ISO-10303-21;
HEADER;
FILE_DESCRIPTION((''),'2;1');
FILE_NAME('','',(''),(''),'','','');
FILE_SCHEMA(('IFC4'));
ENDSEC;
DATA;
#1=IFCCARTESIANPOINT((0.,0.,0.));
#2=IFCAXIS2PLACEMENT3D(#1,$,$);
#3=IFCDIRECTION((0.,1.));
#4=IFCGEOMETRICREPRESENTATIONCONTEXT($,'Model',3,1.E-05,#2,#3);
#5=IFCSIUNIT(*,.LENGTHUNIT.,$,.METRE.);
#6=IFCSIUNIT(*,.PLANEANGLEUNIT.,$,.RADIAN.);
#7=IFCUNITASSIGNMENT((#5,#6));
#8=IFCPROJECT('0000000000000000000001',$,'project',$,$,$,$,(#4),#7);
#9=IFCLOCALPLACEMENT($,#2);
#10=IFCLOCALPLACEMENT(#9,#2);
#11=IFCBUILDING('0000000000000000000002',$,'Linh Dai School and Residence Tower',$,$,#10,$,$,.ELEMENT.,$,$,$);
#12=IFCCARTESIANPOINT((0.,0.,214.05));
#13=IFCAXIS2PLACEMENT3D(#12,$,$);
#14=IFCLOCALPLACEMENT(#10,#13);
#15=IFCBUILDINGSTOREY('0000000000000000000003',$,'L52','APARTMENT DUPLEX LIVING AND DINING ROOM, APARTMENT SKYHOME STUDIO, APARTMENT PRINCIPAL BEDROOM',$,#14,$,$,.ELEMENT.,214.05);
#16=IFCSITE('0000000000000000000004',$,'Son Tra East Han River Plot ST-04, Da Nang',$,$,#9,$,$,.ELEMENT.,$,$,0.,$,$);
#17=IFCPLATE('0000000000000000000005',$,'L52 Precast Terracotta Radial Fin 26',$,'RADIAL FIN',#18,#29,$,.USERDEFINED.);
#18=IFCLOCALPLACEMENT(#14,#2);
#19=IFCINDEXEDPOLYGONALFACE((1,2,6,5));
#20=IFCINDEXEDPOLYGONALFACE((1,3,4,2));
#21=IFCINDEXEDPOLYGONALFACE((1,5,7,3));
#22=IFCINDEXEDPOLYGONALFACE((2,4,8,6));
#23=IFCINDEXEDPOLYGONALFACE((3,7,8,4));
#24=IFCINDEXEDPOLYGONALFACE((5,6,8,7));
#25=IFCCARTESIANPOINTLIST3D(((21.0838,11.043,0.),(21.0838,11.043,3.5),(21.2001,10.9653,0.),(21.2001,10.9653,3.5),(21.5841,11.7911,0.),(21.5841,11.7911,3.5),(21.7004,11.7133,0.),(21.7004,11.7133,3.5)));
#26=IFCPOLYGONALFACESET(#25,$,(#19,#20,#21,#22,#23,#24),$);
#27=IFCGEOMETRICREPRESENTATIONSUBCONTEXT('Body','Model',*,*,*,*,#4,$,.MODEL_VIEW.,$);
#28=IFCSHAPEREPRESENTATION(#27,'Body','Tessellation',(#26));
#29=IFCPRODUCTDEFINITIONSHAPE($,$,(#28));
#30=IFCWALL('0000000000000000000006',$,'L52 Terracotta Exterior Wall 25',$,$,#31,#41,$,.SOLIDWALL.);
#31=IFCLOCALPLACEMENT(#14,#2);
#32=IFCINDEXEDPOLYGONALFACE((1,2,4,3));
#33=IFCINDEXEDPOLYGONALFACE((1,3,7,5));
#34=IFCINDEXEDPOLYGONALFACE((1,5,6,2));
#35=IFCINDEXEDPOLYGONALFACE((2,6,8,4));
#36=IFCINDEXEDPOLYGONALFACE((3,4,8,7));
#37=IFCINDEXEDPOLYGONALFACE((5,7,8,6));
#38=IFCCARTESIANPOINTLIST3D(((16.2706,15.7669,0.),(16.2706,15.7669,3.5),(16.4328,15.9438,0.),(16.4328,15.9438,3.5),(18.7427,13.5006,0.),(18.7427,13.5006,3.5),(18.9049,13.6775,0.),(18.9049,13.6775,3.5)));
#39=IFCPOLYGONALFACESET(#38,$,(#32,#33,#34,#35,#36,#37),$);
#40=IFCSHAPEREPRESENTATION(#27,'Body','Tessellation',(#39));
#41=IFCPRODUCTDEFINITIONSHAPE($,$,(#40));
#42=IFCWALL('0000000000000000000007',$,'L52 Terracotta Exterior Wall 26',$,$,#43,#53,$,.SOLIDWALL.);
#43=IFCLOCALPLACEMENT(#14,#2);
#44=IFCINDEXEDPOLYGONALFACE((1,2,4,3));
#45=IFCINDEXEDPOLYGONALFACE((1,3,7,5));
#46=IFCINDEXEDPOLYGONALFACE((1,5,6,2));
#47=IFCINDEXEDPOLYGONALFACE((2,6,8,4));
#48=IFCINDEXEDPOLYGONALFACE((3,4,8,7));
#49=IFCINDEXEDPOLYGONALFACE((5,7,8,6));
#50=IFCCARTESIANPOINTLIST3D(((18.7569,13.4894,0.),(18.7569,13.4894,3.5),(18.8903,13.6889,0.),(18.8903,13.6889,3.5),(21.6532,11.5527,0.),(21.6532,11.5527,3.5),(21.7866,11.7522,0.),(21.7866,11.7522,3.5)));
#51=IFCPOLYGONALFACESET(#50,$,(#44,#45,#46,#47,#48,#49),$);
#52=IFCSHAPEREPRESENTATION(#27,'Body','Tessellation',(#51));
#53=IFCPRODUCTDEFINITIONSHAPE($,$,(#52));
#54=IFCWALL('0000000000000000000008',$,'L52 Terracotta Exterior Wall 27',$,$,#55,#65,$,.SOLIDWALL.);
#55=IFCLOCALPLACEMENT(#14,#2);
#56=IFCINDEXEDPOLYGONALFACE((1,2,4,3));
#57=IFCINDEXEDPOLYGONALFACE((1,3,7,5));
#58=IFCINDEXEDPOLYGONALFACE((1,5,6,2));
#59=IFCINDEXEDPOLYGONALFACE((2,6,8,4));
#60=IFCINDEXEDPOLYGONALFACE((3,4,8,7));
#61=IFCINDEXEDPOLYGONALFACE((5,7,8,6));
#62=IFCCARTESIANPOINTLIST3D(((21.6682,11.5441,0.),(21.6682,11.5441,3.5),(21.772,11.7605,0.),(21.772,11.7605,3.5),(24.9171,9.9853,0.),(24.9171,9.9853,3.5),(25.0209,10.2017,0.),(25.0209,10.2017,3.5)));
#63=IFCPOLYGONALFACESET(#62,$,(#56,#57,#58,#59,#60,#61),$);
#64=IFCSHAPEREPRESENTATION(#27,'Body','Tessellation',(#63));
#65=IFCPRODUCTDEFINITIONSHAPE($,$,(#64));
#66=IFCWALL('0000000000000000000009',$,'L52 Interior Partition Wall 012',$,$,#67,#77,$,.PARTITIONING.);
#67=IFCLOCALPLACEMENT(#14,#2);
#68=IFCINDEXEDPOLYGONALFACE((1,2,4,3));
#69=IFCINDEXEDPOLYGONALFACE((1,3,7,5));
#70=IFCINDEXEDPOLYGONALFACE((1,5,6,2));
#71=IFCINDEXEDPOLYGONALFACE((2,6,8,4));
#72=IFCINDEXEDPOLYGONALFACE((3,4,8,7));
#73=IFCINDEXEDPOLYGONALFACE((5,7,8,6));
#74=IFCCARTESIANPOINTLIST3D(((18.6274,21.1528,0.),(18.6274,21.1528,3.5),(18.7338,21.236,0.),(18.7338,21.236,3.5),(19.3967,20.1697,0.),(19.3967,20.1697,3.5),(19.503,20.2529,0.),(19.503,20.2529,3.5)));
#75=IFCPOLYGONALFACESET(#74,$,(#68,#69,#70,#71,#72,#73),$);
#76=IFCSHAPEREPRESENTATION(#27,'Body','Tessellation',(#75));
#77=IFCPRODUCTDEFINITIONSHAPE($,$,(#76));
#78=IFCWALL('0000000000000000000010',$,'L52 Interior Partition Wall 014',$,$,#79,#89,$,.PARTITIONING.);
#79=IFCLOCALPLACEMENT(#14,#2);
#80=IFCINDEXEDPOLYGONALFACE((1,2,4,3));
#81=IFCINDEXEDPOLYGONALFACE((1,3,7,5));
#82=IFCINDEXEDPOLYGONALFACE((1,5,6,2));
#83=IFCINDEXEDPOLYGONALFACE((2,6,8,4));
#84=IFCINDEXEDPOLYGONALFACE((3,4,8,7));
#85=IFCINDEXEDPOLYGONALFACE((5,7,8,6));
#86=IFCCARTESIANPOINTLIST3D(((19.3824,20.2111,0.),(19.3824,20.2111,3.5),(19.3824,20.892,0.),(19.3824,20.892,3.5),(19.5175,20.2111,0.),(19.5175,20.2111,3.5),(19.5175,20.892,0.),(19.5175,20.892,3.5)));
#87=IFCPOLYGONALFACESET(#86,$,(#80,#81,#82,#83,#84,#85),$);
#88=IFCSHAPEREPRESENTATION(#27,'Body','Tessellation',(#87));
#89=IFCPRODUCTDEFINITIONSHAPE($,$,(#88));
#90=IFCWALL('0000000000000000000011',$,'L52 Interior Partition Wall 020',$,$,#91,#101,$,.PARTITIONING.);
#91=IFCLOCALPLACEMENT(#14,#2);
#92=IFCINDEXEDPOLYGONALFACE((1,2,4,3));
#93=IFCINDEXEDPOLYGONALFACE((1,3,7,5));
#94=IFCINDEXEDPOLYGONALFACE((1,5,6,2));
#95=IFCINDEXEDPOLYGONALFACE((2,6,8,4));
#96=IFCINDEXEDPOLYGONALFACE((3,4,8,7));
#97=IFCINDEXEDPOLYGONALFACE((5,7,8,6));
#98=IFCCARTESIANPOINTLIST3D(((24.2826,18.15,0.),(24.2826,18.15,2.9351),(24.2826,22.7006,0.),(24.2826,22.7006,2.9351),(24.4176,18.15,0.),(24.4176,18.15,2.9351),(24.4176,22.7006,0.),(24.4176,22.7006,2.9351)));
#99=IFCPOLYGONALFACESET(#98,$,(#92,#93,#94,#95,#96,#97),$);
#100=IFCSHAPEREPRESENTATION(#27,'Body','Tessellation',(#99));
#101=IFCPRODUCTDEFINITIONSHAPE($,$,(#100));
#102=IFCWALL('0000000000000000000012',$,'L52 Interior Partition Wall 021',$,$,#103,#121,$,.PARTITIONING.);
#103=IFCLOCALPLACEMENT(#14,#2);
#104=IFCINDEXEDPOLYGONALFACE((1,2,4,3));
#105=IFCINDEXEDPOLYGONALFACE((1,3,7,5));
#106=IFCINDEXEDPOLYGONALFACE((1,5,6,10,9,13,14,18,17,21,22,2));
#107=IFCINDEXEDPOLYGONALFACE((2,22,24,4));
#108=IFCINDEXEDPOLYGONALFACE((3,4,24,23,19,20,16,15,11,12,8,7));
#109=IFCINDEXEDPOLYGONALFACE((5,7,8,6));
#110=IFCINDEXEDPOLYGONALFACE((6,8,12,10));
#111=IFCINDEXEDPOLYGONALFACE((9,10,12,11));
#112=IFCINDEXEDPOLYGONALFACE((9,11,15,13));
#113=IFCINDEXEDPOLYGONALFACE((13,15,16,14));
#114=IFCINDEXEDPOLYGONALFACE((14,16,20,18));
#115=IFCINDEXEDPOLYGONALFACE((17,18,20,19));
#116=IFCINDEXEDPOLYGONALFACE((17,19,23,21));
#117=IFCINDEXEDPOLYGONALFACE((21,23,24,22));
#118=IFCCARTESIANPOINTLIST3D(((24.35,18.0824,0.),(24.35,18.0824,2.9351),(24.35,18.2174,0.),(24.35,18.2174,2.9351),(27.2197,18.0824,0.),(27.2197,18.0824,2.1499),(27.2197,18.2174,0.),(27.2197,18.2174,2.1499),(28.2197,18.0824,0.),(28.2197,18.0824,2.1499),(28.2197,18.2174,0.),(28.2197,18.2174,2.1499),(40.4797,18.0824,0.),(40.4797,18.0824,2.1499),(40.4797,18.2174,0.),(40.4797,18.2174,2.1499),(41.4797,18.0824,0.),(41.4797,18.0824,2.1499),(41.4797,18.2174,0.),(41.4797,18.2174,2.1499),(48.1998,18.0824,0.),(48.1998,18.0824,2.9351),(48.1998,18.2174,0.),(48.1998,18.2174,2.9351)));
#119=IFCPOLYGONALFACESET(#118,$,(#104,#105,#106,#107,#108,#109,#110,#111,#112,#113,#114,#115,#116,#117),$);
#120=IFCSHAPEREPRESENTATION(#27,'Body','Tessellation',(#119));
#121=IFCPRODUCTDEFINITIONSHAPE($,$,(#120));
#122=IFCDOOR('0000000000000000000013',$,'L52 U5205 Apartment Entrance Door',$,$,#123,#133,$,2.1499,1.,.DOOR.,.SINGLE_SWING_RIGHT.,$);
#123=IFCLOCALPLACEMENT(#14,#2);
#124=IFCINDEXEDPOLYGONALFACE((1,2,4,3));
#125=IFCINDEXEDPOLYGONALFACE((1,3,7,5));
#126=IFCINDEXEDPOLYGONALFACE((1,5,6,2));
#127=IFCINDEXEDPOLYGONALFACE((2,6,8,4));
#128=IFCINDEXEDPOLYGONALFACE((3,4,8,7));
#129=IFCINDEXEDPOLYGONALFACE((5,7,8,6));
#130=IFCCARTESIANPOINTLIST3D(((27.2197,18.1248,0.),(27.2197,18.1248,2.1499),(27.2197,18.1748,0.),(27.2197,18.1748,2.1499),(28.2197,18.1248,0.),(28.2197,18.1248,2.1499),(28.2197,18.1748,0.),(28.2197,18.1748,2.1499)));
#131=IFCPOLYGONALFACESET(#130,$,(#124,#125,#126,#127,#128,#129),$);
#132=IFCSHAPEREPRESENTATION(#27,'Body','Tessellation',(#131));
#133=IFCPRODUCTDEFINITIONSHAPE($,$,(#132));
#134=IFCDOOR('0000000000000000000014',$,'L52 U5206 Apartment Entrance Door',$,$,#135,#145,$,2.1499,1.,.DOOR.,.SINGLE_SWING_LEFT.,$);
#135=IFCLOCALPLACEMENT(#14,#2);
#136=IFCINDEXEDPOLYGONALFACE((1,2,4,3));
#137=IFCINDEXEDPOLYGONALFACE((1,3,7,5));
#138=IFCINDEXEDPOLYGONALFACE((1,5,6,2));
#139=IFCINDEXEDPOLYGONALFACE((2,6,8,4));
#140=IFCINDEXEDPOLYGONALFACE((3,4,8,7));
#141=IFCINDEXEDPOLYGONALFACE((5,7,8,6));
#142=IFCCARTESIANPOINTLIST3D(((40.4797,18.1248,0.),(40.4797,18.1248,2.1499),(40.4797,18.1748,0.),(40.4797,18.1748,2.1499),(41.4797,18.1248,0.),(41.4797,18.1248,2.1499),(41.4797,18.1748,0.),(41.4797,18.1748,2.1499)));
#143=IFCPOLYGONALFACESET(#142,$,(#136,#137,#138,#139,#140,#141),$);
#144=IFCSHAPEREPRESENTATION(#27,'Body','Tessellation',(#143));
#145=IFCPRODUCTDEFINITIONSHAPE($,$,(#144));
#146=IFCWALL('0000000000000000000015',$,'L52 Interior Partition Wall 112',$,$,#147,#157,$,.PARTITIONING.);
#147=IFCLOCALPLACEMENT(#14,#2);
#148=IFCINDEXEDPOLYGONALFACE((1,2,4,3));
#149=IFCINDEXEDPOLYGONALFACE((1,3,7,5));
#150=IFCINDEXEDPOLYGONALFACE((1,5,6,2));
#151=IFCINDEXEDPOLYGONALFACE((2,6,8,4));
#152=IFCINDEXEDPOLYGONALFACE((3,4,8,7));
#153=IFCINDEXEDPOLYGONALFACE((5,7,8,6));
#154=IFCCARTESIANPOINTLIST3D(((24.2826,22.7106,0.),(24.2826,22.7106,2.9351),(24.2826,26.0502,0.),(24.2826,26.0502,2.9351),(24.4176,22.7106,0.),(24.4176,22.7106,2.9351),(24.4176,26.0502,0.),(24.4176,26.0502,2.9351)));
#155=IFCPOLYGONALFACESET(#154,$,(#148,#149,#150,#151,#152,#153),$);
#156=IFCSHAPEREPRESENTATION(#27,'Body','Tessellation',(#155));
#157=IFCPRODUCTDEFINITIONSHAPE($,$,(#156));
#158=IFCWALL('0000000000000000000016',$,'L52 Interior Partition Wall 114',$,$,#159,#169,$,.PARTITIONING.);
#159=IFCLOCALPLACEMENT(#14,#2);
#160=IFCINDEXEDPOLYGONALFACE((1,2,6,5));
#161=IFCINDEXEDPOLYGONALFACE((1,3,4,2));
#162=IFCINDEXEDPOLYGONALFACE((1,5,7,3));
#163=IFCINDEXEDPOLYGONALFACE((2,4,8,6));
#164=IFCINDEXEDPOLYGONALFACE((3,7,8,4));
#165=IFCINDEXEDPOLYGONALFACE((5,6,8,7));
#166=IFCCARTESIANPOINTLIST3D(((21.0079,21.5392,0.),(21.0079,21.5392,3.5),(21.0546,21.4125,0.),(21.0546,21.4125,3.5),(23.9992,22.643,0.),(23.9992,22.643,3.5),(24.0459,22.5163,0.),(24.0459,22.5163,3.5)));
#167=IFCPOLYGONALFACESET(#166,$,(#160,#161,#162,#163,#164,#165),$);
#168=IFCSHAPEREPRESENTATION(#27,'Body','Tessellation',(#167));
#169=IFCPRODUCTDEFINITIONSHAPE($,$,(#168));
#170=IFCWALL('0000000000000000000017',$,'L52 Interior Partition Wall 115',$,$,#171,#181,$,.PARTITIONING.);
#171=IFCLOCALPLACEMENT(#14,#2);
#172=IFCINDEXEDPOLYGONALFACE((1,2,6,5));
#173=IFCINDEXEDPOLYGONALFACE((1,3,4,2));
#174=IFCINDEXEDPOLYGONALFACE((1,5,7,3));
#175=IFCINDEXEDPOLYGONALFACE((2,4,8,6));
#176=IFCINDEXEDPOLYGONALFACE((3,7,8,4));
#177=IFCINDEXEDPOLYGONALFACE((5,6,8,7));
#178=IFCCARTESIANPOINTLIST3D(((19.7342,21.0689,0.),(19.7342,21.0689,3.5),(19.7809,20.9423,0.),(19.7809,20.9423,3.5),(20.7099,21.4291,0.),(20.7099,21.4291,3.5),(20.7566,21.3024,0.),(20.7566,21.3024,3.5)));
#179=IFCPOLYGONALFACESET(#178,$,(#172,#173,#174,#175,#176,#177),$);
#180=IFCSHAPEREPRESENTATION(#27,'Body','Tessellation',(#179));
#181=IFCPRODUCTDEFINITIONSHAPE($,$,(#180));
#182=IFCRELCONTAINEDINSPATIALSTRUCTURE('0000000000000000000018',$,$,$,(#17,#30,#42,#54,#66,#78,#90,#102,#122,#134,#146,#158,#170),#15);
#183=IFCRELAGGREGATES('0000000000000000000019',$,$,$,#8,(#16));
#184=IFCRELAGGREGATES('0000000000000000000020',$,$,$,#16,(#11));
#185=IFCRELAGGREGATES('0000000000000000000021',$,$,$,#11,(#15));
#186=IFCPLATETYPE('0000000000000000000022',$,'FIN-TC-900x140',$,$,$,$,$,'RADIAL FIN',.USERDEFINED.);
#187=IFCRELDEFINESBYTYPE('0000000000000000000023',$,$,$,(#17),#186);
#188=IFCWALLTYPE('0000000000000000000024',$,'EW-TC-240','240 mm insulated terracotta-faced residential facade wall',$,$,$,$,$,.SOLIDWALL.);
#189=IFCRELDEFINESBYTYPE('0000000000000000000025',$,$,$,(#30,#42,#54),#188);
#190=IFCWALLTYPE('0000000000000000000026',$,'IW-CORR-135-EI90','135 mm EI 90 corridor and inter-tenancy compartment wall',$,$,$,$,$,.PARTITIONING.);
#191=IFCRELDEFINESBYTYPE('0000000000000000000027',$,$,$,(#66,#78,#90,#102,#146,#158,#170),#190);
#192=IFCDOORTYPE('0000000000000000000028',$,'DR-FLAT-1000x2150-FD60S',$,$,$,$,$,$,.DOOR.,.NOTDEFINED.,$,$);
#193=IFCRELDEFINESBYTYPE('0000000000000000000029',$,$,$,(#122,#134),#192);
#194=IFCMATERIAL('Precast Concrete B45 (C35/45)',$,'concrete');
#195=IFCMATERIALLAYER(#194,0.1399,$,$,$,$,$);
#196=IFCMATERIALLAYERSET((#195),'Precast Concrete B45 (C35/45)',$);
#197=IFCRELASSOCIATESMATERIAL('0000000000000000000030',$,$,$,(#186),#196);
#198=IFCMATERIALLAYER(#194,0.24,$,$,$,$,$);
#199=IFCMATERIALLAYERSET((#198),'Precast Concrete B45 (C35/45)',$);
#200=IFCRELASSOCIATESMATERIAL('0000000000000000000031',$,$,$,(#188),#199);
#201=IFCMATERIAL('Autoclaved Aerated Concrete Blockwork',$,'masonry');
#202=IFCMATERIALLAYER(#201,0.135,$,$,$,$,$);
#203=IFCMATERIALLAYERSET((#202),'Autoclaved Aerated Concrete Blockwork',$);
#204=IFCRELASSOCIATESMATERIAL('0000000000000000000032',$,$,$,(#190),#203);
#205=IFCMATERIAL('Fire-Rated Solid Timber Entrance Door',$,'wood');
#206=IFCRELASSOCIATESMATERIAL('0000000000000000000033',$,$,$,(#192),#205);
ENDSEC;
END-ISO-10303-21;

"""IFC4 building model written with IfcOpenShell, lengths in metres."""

from ifc_helpers import new_model, si_unit, direction, frame, frame_2d, origin, origin_2d, place, context, subcontext, project, spatial, rectangle, extrude, source, transform, mapped, material, layer, layer_set, type_object, element, fill, save


model = new_model("IFC4")

# Units and contexts
model_context = context("Model", 3, precision=1e-05, world=origin(), true_north=direction((0.0, 1.0)))
body_context = subcontext(model_context, "Body", "Model", "MODEL_VIEW")
ifc_project = project(units=[si_unit("LENGTHUNIT", "METRE"), si_unit("PLANEANGLEUNIT", "RADIAN")], contexts=[model_context])

# Site, building, storey
site_placement = place(None, origin())
site = spatial("IfcSite", under=ifc_project, at=site_placement, Name="Son Tra East Han River Plot ST-04, Da Nang", CompositionType="ELEMENT", RefElevation=0.0)
building_placement = place(site_placement, origin())
building = spatial("IfcBuilding", under=site, at=building_placement, Name="Linh Dai School and Residence Tower", CompositionType="ELEMENT")
storey_placement = place(building_placement, frame((0.0, 0.0, 214.05)))
storey = spatial("IfcBuildingStorey", under=building, at=storey_placement, Name="L52", Description="APARTMENT DUPLEX LIVING AND DINING ROOM, APARTMENT SKYHOME STUDIO, APARTMENT PRINCIPAL BEDROOM", CompositionType="ELEMENT", Elevation=214.05)

# Plate
ifc_material_1 = material(Name="Precast Concrete B45 (C35/45)", Category="concrete")
ifc_layer_1 = layer(ifc_material_1, 0.1399)
ifc_layer_set_1 = layer_set([ifc_layer_1], Name="Precast Concrete B45 (C35/45)")
plate_type_1 = type_object("IfcPlateType", Name="FIN-TC-900x140", ElementType="RADIAL FIN", PredefinedType="USERDEFINED", material=ifc_layer_set_1)
shared_shape_1 = source(origin(), body_context, "Body", "SweptSolid", [
    extrude(rectangle(XDim=0.8999, YDim=0.1399, at=origin_2d()), origin(), (0.0, 0.0, 1.0), 3.5),
])
plate_placement = place(storey_placement, frame((21.3921, 11.3782, 0.0), z_axis=(0.0, 0.0, 1.0), x_axis=(-0.555887, -0.831258, 0.0)))
element("IfcPlate", 1, at=plate_placement, inside=storey, type_object=plate_type_1, Name="L52 Precast Terracotta Radial Fin 26", ObjectType="RADIAL FIN", PredefinedType="USERDEFINED", context=body_context, shape_type="MappedRepresentation", body=[
    mapped(shared_shape_1, transform((0.0, 0.0, 0.0), x_axis=(1.0, 0.0, 0.0), y_axis=(0.0, 1.0, 0.0), z_axis=(0.0, 0.0, 1.0), scale=1.0)),
])

# Walls
ifc_layer_2 = layer(ifc_material_1, 0.24)
ifc_layer_set_2 = layer_set([ifc_layer_2], Name="Precast Concrete B45 (C35/45)")
wall_type_1 = type_object("IfcWallType", Name="EW-TC-240", Description="240 mm insulated terracotta-faced residential facade wall", PredefinedType="SOLIDWALL", material=ifc_layer_set_2)
wall_1_placement = place(storey_placement, frame((18.8237, 13.5891, 0.0), z_axis=(0.0, 0.0, 1.0), x_axis=(-0.737124, 0.675758, 0.0)))
element("IfcWall", 2, at=wall_1_placement, inside=storey, type_object=wall_type_1, Name="L52 Terracotta Exterior Wall 25", PredefinedType="SOLIDWALL", context=body_context, shape_type="SweptSolid", body=[
    extrude(rectangle(XDim=3.3538, YDim=0.24, at=frame_2d((1.6768, 0.0))), origin(), (0.0, 0.0, 1.0), 3.5),
])
wall_2_placement = place(storey_placement, frame((21.72, 11.6523, 0.0), z_axis=(0.0, 0.0, 1.0), x_axis=(-0.831262, 0.55588, 0.0)))
element("IfcWall", 3, at=wall_2_placement, inside=storey, type_object=wall_type_1, Name="L52 Terracotta Exterior Wall 26", PredefinedType="SOLIDWALL", context=body_context, shape_type="SweptSolid", body=[
    extrude(rectangle(XDim=3.4841, YDim=0.24, at=frame_2d((1.7422, 0.0))), origin(), (0.0, 0.0, 1.0), 3.5),
])
wall_3_placement = place(storey_placement, frame((24.969, 10.0935, 0.0), z_axis=(0.0, 0.0, 1.0), x_axis=(-0.901598, 0.432575, 0.0)))
element("IfcWall", 4, at=wall_3_placement, inside=storey, type_object=wall_type_1, Name="L52 Terracotta Exterior Wall 27", PredefinedType="SOLIDWALL", context=body_context, shape_type="SweptSolid", body=[
    extrude(rectangle(XDim=3.6035, YDim=0.24, at=frame_2d((1.8018, 0.0))), origin(), (0.0, 0.0, 1.0), 3.5),
])
ifc_material_2 = material(Name="Autoclaved Aerated Concrete Blockwork", Category="masonry")
ifc_layer_3 = layer(ifc_material_2, 0.135)
ifc_layer_set_3 = layer_set([ifc_layer_3], Name="Autoclaved Aerated Concrete Blockwork")
wall_type_2 = type_object("IfcWallType", Name="IW-CORR-135-EI90", Description="135 mm EI 90 corridor and inter-tenancy compartment wall", PredefinedType="PARTITIONING", material=ifc_layer_set_3)
wall_4_placement = place(storey_placement, frame((18.6807, 21.1943, 0.0), z_axis=(0.0, 0.0, 1.0), x_axis=(0.61624, -0.787559, 0.0)))
element("IfcWall", 5, at=wall_4_placement, inside=storey, type_object=wall_type_2, Name="L52 Interior Partition Wall 012", PredefinedType="PARTITIONING", context=body_context, shape_type="SweptSolid", body=[
    extrude(rectangle(XDim=1.2483, YDim=0.135, at=frame_2d((0.624, 0.0))), origin(), (0.0, 0.0, 1.0), 3.5),
])
wall_5_placement = place(storey_placement, frame((19.45, 20.2112, 0.0), z_axis=(0.0, 0.0, 1.0), x_axis=(0.0, 1.0, 0.0)))
element("IfcWall", 6, at=wall_5_placement, inside=storey, type_object=wall_type_2, Name="L52 Interior Partition Wall 014", PredefinedType="PARTITIONING", context=body_context, shape_type="SweptSolid", body=[
    extrude(rectangle(XDim=0.6809, YDim=0.135, at=frame_2d((0.3403, 0.0))), origin(), (0.0, 0.0, 1.0), 3.5),
])
wall_6_placement = place(storey_placement, frame((24.3501, 18.1499, 0.0), z_axis=(0.0, 0.0, 1.0), x_axis=(0.0, 1.0, 0.0)))
element("IfcWall", 7, at=wall_6_placement, inside=storey, type_object=wall_type_2, Name="L52 Interior Partition Wall 020", PredefinedType="PARTITIONING", context=body_context, shape_type="SweptSolid", body=[
    extrude(rectangle(XDim=4.5505, YDim=0.135, at=frame_2d((2.2754, 0.0))), origin(), (0.0, 0.0, 1.0), 2.9351),
])

# Wall, openings, doors
wall_7_placement = place(storey_placement, frame((24.3501, 18.1499, 0.0), z_axis=(0.0, 0.0, 1.0), x_axis=(1.0, 0.0, 0.0)))
wall_7 = element("IfcWall", 8, at=wall_7_placement, inside=storey, type_object=wall_type_2, Name="L52 Interior Partition Wall 021", PredefinedType="PARTITIONING", context=body_context, shape_type="SweptSolid", body=[
    extrude(rectangle(XDim=23.8499, YDim=0.135, at=frame_2d((11.9248, 0.0))), origin(), (0.0, 0.0, 1.0), 2.9351),
])
opening_1_placement = place(wall_7_placement, frame((2.8696, 0.0, 0.0)))
opening_1 = element("IfcOpeningElement", 9, at=opening_1_placement, cuts=wall_7, PredefinedType="OPENING", context=body_context, shape_type="SweptSolid", body=[
    extrude(rectangle(XDim=1.0, YDim=2.1499, at=origin_2d()), frame((0.5, 0.0776, 1.075), z_axis=(0.0, -1.0, 0.0), x_axis=(1.0, 0.0, 0.0)), (0.0, 0.0, 1.0), 0.155),
])
opening_2_placement = place(wall_7_placement, frame((16.1296, 0.0, 0.0)))
opening_2 = element("IfcOpeningElement", 10, at=opening_2_placement, cuts=wall_7, PredefinedType="OPENING", context=body_context, shape_type="SweptSolid", body=[
    extrude(rectangle(XDim=1.0, YDim=2.1499, at=origin_2d()), frame((0.5, 0.0776, 1.075), z_axis=(0.0, -1.0, 0.0), x_axis=(1.0, 0.0, 0.0)), (0.0, 0.0, 1.0), 0.155),
])
ifc_material_3 = material(Name="Fire-Rated Solid Timber Entrance Door", Category="wood")
door_type_1 = type_object("IfcDoorType", Name="DR-FLAT-1000x2150-FD60S", OperationType="NOTDEFINED", PredefinedType="DOOR", material=ifc_material_3)
shared_shape_2 = source(origin(), body_context, "Body", "SweptSolid", [
    extrude(rectangle(XDim=1.0, YDim=2.1499, at=origin_2d()), frame((0.5, 0.0249, 1.075), z_axis=(0.0, -1.0, 0.0), x_axis=(1.0, 0.0, 0.0)), (0.0, 0.0, 1.0), 0.05),
])
door_1_placement = place(opening_1_placement, origin())
door_1 = element("IfcDoor", 11, at=door_1_placement, inside=storey, type_object=door_type_1, Name="L52 U5205 Apartment Entrance Door", OperationType="SINGLE_SWING_RIGHT", OverallHeight=2.1499, OverallWidth=1.0, PredefinedType="DOOR", context=body_context, shape_type="MappedRepresentation", body=[
    mapped(shared_shape_2, transform((0.0, 0.0, 0.0), x_axis=(1.0, 0.0, 0.0), y_axis=(0.0, 1.0, 0.0), z_axis=(0.0, 0.0, 1.0), scale=1.0)),
])
fill(opening_1, door_1)
door_2_placement = place(opening_2_placement, origin())
door_2 = element("IfcDoor", 12, at=door_2_placement, inside=storey, type_object=door_type_1, Name="L52 U5206 Apartment Entrance Door", OperationType="SINGLE_SWING_LEFT", OverallHeight=2.1499, OverallWidth=1.0, PredefinedType="DOOR", context=body_context, shape_type="MappedRepresentation", body=[
    mapped(shared_shape_2, transform((0.0, 0.0, 0.0), x_axis=(1.0, 0.0, 0.0), y_axis=(0.0, 1.0, 0.0), z_axis=(0.0, 0.0, 1.0), scale=1.0)),
])
fill(opening_2, door_2)

# Walls
wall_8_placement = place(storey_placement, frame((24.3501, 22.7104, 0.0), z_axis=(0.0, 0.0, 1.0), x_axis=(0.0, 1.0, 0.0)))
element("IfcWall", 13, at=wall_8_placement, inside=storey, type_object=wall_type_2, Name="L52 Interior Partition Wall 112", PredefinedType="PARTITIONING", context=body_context, shape_type="SweptSolid", body=[
    extrude(rectangle(XDim=3.3396, YDim=0.135, at=frame_2d((1.6699, 0.0))), origin(), (0.0, 0.0, 1.0), 2.9351),
])
wall_9_placement = place(storey_placement, frame((21.0312, 21.4758, 0.0), z_axis=(0.0, 0.0, 1.0), x_axis=(0.938167, 0.346184, 0.0)))
element("IfcWall", 14, at=wall_9_placement, inside=storey, type_object=wall_type_2, Name="L52 Interior Partition Wall 114", PredefinedType="PARTITIONING", context=body_context, shape_type="SweptSolid", body=[
    extrude(rectangle(XDim=3.1885, YDim=0.135, at=frame_2d((1.5942, 0.0))), origin(), (0.0, 0.0, 1.0), 3.5),
])
wall_10_placement = place(storey_placement, frame((19.7576, 21.0056, 0.0), z_axis=(0.0, 0.0, 1.0), x_axis=(0.938131, 0.346282, 0.0)))
element("IfcWall", 15, at=wall_10_placement, inside=storey, type_object=wall_type_2, Name="L52 Interior Partition Wall 115", PredefinedType="PARTITIONING", context=body_context, shape_type="SweptSolid", body=[
    extrude(rectangle(XDim=1.04, YDim=0.135, at=frame_2d((0.52, 0.0))), origin(), (0.0, 0.0, 1.0), 3.5),
])

save(model, "model.ifc")
